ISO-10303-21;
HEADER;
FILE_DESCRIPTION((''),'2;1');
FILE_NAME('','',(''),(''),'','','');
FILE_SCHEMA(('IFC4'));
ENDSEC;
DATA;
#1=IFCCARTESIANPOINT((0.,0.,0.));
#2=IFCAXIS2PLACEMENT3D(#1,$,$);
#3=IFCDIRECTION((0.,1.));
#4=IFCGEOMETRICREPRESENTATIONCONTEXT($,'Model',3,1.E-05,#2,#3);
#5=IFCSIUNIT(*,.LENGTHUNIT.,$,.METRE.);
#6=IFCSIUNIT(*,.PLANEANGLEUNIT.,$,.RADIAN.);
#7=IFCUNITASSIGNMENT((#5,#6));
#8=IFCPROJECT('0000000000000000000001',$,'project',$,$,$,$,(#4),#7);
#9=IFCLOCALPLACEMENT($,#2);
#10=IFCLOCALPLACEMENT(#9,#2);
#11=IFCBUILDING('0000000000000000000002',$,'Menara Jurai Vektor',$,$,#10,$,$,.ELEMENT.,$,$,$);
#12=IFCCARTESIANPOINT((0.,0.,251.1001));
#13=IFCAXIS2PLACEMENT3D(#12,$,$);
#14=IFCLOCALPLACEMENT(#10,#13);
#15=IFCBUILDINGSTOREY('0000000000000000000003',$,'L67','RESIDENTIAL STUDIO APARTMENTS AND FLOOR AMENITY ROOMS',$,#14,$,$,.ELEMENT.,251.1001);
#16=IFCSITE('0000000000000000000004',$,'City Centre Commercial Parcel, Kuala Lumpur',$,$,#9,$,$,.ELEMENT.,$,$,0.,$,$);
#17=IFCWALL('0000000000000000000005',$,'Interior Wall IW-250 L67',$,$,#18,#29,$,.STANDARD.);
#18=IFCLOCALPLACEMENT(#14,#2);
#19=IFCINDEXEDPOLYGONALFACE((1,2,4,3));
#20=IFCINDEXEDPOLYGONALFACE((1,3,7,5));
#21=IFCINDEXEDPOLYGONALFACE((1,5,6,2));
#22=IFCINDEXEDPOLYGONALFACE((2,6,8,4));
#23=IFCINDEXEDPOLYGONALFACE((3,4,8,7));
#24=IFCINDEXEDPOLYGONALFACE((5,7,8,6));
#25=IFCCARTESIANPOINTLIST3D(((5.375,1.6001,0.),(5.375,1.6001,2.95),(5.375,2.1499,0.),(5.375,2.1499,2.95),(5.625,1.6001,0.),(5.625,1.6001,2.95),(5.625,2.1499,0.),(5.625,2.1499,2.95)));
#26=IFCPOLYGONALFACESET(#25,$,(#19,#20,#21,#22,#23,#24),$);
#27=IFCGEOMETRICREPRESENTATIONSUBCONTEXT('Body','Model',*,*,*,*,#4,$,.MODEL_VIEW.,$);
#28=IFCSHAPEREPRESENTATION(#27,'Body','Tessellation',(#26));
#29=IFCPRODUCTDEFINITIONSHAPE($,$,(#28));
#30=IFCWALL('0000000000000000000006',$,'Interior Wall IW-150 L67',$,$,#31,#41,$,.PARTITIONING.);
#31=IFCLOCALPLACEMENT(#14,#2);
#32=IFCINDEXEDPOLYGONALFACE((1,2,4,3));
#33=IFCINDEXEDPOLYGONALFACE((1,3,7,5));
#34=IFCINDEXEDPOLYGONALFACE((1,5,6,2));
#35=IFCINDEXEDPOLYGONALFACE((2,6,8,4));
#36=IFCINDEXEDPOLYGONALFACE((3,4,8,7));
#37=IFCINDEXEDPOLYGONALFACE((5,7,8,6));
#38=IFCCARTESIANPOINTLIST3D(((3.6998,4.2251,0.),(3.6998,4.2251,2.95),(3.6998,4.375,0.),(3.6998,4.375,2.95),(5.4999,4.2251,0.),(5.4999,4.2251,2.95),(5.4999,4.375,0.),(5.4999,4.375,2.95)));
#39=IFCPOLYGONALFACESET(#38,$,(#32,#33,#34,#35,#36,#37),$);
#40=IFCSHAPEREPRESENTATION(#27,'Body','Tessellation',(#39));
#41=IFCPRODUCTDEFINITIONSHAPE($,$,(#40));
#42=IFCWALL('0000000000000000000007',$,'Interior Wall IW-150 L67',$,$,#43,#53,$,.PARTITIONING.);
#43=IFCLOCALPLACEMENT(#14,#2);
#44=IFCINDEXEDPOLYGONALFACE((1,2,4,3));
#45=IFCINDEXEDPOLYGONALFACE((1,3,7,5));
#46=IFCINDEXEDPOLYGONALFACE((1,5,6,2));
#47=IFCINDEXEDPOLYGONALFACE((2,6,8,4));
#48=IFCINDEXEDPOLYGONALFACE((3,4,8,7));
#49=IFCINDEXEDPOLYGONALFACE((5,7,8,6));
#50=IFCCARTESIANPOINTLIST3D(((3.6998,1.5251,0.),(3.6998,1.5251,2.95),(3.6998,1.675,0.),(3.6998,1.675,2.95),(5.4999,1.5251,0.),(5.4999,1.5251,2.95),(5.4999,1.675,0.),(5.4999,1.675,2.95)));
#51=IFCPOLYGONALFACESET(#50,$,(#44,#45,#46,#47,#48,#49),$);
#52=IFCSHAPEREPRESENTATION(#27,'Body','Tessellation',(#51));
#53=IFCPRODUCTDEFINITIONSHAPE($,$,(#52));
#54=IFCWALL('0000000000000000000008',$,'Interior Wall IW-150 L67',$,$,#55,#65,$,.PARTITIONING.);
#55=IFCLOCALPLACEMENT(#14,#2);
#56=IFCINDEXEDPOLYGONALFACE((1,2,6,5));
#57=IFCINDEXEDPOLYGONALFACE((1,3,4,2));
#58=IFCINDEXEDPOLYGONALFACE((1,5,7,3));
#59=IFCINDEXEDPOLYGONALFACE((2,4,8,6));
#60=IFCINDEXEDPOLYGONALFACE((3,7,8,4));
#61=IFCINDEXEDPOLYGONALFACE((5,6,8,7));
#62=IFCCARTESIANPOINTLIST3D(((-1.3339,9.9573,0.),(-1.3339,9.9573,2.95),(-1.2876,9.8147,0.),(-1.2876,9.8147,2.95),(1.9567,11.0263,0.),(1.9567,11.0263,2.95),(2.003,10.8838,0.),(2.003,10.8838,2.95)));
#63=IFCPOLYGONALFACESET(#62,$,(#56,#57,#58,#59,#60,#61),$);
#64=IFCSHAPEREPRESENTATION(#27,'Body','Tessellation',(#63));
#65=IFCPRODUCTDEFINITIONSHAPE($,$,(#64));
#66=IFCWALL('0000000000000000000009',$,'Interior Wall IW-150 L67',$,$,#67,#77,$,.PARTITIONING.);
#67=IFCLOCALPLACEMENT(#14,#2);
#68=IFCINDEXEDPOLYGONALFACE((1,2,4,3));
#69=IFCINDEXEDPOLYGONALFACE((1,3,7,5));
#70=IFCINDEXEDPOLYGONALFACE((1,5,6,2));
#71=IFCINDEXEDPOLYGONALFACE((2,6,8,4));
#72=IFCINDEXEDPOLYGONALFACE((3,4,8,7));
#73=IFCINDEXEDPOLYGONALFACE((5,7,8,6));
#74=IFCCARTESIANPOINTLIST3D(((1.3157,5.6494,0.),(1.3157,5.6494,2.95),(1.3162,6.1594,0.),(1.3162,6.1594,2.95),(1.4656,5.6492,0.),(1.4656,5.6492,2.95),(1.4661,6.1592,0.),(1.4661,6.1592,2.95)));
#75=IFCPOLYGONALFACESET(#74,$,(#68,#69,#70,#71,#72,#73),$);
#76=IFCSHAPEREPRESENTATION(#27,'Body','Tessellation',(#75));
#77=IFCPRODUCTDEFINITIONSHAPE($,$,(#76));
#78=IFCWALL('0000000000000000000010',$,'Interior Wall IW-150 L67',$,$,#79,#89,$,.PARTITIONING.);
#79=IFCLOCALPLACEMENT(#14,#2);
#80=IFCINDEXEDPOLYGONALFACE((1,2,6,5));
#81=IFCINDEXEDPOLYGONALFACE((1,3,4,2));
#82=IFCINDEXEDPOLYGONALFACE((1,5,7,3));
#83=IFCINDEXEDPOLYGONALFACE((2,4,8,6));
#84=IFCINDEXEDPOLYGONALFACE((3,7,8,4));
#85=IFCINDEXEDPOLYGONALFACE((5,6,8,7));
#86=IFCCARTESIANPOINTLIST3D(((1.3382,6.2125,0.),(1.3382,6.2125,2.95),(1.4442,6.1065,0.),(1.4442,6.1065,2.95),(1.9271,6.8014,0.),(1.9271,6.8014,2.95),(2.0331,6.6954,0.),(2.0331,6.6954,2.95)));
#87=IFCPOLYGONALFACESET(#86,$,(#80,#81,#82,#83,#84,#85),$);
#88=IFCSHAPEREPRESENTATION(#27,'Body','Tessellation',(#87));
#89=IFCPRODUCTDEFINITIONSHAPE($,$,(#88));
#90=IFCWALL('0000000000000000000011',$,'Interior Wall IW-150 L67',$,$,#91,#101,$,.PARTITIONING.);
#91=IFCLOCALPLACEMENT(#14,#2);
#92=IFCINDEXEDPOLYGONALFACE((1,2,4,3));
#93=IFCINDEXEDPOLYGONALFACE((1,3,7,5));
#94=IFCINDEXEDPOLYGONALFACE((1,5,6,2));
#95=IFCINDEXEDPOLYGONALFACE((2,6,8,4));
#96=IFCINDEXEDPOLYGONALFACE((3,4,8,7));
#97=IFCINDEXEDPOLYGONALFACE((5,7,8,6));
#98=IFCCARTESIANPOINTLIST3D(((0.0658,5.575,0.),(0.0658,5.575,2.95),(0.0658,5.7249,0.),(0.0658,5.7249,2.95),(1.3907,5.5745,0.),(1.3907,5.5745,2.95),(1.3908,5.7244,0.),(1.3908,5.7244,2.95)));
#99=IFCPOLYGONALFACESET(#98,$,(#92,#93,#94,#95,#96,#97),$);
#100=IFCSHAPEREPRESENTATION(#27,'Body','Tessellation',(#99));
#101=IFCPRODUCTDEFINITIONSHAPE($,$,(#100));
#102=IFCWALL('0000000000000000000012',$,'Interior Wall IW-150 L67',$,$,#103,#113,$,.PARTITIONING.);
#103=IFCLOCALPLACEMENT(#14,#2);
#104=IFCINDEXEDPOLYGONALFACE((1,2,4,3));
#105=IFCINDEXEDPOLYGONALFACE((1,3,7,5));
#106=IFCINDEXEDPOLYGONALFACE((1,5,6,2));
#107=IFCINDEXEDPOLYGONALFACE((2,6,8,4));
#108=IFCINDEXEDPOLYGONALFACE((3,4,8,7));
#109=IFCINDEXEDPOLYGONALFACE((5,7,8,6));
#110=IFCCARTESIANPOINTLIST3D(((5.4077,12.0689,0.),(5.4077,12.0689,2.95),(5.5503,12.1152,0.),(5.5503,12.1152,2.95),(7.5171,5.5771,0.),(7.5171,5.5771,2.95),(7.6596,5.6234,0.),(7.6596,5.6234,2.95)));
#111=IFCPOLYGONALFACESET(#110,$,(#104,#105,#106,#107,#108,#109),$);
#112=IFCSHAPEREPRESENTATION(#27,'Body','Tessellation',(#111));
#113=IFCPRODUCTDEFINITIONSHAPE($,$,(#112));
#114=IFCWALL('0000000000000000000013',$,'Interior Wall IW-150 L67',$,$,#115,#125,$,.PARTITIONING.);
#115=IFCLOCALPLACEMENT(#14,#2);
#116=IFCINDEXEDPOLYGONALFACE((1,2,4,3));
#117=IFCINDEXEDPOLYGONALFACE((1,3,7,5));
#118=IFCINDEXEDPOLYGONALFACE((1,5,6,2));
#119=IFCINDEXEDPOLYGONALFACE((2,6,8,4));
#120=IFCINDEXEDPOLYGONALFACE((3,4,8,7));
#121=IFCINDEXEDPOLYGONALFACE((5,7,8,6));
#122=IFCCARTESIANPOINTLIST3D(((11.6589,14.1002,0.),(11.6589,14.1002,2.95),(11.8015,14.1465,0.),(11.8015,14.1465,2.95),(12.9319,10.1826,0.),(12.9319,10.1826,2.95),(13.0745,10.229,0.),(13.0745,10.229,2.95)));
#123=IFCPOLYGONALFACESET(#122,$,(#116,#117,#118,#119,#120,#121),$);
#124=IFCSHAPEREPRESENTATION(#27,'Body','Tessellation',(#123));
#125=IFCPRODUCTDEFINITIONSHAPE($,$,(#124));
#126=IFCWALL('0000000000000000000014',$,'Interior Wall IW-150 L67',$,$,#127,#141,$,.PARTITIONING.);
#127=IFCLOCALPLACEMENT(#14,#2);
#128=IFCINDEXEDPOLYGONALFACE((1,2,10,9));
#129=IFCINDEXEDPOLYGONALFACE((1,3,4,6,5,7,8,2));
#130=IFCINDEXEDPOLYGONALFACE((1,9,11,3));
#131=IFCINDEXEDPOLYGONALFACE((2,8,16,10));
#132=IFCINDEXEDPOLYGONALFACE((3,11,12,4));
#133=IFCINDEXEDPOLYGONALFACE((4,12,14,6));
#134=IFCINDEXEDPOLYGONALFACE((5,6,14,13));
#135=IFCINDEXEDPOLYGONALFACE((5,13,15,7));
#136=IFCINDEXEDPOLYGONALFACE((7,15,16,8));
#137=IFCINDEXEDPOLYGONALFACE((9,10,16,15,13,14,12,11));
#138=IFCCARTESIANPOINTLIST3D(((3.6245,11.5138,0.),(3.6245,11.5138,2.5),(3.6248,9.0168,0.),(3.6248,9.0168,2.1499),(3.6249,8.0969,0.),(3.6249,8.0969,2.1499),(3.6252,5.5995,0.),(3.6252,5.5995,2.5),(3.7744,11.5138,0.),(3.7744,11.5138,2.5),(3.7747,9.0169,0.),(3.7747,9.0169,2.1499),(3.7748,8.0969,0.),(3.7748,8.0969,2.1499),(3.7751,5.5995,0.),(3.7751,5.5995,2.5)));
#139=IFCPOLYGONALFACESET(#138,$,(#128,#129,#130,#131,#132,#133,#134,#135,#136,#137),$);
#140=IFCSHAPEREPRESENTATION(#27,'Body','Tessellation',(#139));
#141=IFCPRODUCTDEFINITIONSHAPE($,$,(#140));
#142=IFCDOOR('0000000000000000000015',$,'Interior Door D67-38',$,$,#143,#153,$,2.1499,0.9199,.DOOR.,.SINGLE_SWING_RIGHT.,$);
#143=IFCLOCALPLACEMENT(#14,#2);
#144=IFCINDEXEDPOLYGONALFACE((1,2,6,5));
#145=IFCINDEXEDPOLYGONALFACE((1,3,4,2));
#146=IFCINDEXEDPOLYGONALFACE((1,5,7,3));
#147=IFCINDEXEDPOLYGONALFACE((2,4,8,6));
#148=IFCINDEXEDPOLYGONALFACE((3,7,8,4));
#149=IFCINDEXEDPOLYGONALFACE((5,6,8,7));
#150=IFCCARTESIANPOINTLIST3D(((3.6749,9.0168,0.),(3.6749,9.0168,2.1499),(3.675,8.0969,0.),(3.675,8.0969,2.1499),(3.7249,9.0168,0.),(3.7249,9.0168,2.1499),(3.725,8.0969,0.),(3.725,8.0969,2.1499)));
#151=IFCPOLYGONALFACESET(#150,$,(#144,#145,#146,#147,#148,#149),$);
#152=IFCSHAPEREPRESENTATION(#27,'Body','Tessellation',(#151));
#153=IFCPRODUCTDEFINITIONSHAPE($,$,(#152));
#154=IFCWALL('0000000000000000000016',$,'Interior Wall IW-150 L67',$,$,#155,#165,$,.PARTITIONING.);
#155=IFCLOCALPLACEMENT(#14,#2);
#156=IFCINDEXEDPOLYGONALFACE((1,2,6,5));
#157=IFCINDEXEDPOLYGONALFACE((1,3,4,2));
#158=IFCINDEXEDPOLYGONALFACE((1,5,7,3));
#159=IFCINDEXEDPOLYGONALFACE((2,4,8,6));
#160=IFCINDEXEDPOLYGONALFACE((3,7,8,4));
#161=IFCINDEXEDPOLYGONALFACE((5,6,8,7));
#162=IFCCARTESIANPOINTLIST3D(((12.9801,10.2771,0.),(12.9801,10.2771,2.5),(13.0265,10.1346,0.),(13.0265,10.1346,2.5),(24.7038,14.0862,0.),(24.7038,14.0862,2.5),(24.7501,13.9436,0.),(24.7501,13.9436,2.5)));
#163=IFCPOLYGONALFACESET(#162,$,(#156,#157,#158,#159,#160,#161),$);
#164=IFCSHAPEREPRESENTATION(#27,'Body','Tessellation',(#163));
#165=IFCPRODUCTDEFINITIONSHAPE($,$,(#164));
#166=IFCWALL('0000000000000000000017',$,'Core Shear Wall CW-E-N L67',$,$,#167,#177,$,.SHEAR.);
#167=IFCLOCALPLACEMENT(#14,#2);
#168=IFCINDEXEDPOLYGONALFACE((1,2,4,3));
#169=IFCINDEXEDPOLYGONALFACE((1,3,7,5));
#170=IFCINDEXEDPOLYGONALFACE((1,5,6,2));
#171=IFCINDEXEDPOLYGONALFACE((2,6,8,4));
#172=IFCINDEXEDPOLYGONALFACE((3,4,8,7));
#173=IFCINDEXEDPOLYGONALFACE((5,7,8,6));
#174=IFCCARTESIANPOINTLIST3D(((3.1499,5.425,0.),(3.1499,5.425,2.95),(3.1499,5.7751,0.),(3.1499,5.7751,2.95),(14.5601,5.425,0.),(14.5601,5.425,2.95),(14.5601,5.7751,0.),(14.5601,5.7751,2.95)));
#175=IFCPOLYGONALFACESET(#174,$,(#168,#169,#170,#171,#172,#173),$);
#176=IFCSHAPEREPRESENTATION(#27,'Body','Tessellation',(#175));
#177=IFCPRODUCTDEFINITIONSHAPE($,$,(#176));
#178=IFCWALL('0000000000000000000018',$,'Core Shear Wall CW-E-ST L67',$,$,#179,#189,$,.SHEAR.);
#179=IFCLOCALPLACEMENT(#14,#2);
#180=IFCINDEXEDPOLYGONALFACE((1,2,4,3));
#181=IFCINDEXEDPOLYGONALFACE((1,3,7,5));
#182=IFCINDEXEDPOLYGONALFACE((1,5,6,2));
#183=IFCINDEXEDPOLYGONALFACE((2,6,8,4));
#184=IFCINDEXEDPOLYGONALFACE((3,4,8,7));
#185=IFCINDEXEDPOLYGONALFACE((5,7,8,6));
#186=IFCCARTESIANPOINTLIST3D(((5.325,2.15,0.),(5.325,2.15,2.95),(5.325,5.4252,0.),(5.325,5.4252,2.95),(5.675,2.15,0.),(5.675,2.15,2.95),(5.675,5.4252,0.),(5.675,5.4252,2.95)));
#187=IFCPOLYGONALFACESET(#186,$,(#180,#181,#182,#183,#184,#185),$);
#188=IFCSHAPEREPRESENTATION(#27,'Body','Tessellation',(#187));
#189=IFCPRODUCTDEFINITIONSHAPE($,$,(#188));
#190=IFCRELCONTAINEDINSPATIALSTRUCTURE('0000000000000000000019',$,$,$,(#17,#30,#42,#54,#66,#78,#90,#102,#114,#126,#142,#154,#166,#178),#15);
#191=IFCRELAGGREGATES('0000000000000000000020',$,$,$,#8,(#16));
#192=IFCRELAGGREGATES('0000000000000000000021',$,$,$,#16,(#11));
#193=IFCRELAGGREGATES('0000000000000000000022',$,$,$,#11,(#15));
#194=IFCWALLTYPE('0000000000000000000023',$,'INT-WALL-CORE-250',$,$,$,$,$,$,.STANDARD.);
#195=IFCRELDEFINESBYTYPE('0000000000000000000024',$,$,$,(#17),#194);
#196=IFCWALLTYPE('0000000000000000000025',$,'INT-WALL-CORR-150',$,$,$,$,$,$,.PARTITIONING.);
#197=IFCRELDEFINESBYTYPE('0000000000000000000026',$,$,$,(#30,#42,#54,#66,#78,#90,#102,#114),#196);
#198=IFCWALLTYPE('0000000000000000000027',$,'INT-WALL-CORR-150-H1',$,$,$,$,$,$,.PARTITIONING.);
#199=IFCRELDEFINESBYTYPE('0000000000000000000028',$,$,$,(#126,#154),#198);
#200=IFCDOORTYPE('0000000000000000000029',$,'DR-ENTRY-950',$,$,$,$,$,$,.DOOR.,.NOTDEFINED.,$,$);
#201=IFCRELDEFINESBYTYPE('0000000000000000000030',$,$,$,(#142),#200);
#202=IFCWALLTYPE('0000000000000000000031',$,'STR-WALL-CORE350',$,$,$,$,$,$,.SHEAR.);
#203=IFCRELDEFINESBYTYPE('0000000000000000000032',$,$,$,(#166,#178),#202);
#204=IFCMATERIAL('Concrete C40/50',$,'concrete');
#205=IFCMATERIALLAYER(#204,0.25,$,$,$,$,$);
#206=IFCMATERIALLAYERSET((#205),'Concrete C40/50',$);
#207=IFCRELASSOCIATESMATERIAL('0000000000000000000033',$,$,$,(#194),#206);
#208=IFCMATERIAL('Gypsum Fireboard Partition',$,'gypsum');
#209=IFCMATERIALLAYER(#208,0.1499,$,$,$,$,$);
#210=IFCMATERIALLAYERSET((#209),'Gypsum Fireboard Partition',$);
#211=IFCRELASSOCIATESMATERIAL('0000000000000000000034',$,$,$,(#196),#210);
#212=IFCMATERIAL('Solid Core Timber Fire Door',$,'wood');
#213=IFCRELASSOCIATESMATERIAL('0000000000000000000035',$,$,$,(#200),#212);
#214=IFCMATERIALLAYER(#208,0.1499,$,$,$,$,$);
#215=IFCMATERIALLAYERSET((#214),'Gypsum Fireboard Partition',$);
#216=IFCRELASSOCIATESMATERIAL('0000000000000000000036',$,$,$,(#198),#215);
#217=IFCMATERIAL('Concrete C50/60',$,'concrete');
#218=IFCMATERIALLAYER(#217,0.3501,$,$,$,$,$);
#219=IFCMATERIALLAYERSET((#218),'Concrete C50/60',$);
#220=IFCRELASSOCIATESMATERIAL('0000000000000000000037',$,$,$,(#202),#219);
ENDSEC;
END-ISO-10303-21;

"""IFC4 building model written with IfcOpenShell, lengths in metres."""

from ifc_helpers import new_model, si_unit, direction, frame, frame_2d, origin, place, context, subcontext, project, spatial, rectangle, extrude, material, layer, layer_set, type_object, element, fill, save


model = new_model("IFC4")

# Units and contexts
model_context = context("Model", 3, precision=1e-05, world=origin(), true_north=direction((0.0, 1.0)))
body_context = subcontext(model_context, "Body", "Model", "MODEL_VIEW")
ifc_project = project(units=[si_unit("LENGTHUNIT", "METRE"), si_unit("PLANEANGLEUNIT", "RADIAN")], contexts=[model_context])

# Site, building, storey
site_placement = place(None, origin())
site = spatial("IfcSite", under=ifc_project, at=site_placement, Name="City Centre Commercial Parcel, Kuala Lumpur", CompositionType="ELEMENT", RefElevation=0.0)
building_placement = place(site_placement, origin())
building = spatial("IfcBuilding", under=site, at=building_placement, Name="Menara Jurai Vektor", CompositionType="ELEMENT")
storey_placement = place(building_placement, frame((0.0, 0.0, 251.1001)))
storey = spatial("IfcBuildingStorey", under=building, at=storey_placement, Name="L67", Description="RESIDENTIAL STUDIO APARTMENTS AND FLOOR AMENITY ROOMS", CompositionType="ELEMENT", Elevation=251.1001)

# Shared definitions
ifc_material_1 = material(Name="Concrete C50/60", Category="concrete")

# Shared definitions
ifc_material_2 = material(Name="Concrete C40/50", Category="concrete")

# Shared definitions
ifc_layer_1 = layer(ifc_material_2, 0.25)
ifc_layer_set_1 = layer_set([ifc_layer_1], Name="Concrete C40/50")
wall_type_1 = type_object("IfcWallType", Name="INT-WALL-CORE-250", PredefinedType="STANDARD", material=ifc_layer_set_1)

# Walls
wall_1_placement = place(storey_placement, frame((5.5, 1.6001, 0.0), z_axis=(0.0, 0.0, 1.0), x_axis=(0.0, 1.0, 0.0)))
element("IfcWall", 1, at=wall_1_placement, inside=storey, type_object=wall_type_1, Name="Interior Wall IW-250 L67", PredefinedType="STANDARD", context=body_context, shape_type="SweptSolid", body=[
    extrude(rectangle(XDim=0.5498, YDim=0.25, at=frame_2d((0.2749, 0.0))), origin(), (0.0, 0.0, 1.0), 2.95),
])
ifc_material_3 = material(Name="Gypsum Fireboard Partition", Category="gypsum")
ifc_layer_2 = layer(ifc_material_3, 0.1499)
ifc_layer_set_2 = layer_set([ifc_layer_2], Name="Gypsum Fireboard Partition")
wall_type_2 = type_object("IfcWallType", Name="INT-WALL-CORR-150", PredefinedType="PARTITIONING", material=ifc_layer_set_2)
for number, where, z_axis, x_axis, name in (
    (2, (3.7, 4.3, 0.0), (0.0, 0.0, 1.0), (1.0, 0.0, 0.0), "Interior Wall IW-150 L67"),
    (3, (3.7, 1.6001, 0.0), (0.0, 0.0, 1.0), (1.0, 0.0, 0.0), "Interior Wall IW-150 L67"),
):
    element("IfcWall", number, at=place(storey_placement, frame(where, z_axis=z_axis, x_axis=x_axis)), inside=storey, type_object=wall_type_2, Name=name, PredefinedType="PARTITIONING", context=body_context, shape_type="SweptSolid", body=[
        extrude(rectangle(XDim=1.8, YDim=0.1499, at=frame_2d((0.8999, 0.0))), origin(), (0.0, 0.0, 1.0), 2.95),
    ])
wall_2_placement = place(storey_placement, frame((-1.3108, 9.886, 0.0), z_axis=(0.0, 0.0, 1.0), x_axis=(0.951069, 0.308979, 0.0)))
element("IfcWall", 4, at=wall_2_placement, inside=storey, type_object=wall_type_2, Name="Interior Wall IW-150 L67", PredefinedType="PARTITIONING", context=body_context, shape_type="SweptSolid", body=[
    extrude(rectangle(XDim=3.46, YDim=0.1499, at=frame_2d((1.73, 0.0))), origin(), (0.0, 0.0, 1.0), 2.95),
])
wall_3_placement = place(storey_placement, frame((1.3906, 5.6494, 0.0), z_axis=(0.0, 0.0, 1.0), x_axis=(0.000957, 1.0, 0.0)))
element("IfcWall", 5, at=wall_3_placement, inside=storey, type_object=wall_type_2, Name="Interior Wall IW-150 L67", PredefinedType="PARTITIONING", context=body_context, shape_type="SweptSolid", body=[
    extrude(rectangle(XDim=0.51, YDim=0.1499, at=frame_2d((0.2549, 0.0))), origin(), (0.0, 0.0, 1.0), 2.95),
])
wall_4_placement = place(storey_placement, frame((1.3911, 6.1594, 0.0), z_axis=(0.0, 0.0, 1.0), x_axis=(0.707107, 0.707107, 0.0)))
element("IfcWall", 6, at=wall_4_placement, inside=storey, type_object=wall_type_2, Name="Interior Wall IW-150 L67", PredefinedType="PARTITIONING", context=body_context, shape_type="SweptSolid", body=[
    extrude(rectangle(XDim=0.8328, YDim=0.1499, at=frame_2d((0.4165, 0.0))), origin(), (0.0, 0.0, 1.0), 2.95),
])

# Shared definitions
ifc_material_4 = material(Name="Solid Core Timber Fire Door", Category="wood")
door_type_1 = type_object("IfcDoorType", Name="DR-ENTRY-950", OperationType="NOTDEFINED", PredefinedType="DOOR", material=ifc_material_4)

# Walls
wall_5_placement = place(storey_placement, frame((0.0657, 5.6499, 0.0), z_axis=(0.0, 0.0, 1.0), x_axis=(1.0, -0.000369, 0.0)))
element("IfcWall", 7, at=wall_5_placement, inside=storey, type_object=wall_type_2, Name="Interior Wall IW-150 L67", PredefinedType="PARTITIONING", context=body_context, shape_type="SweptSolid", body=[
    extrude(rectangle(XDim=1.325, YDim=0.1499, at=frame_2d((0.6626, 0.0))), origin(), (0.0, 0.0, 1.0), 2.95),
])
wall_6_placement = place(storey_placement, frame((7.5884, 5.6001, 0.0), z_axis=(0.0, 0.0, 1.0), x_axis=(-0.309019, 0.951056, 0.0)))
element("IfcWall", 8, at=wall_6_placement, inside=storey, type_object=wall_type_2, Name="Interior Wall IW-150 L67", PredefinedType="PARTITIONING", context=body_context, shape_type="SweptSolid", body=[
    extrude(rectangle(XDim=6.8259, YDim=0.1499, at=frame_2d((3.4131, 0.0))), origin(), (0.0, 0.0, 1.0), 2.95),
])
wall_7_placement = place(storey_placement, frame((13.0032, 10.2058, 0.0), z_axis=(0.0, 0.0, 1.0), x_axis=(-0.309035, 0.951051, 0.0)))
element("IfcWall", 9, at=wall_7_placement, inside=storey, type_object=wall_type_2, Name="Interior Wall IW-150 L67", PredefinedType="PARTITIONING", context=body_context, shape_type="SweptSolid", body=[
    extrude(rectangle(XDim=4.1191, YDim=0.1499, at=frame_2d((2.0596, 0.0))), origin(), (0.0, 0.0, 1.0), 2.95),
])

# Wall, opening, door
ifc_layer_3 = layer(ifc_material_3, 0.1499)
ifc_layer_set_3 = layer_set([ifc_layer_3], Name="Gypsum Fireboard Partition")
wall_type_3 = type_object("IfcWallType", Name="INT-WALL-CORR-150-H1", PredefinedType="PARTITIONING", material=ifc_layer_set_3)
wall_8_placement = place(storey_placement, frame((3.7002, 5.5996, 0.0), z_axis=(0.0, 0.0, 1.0), x_axis=(-0.000124, 1.0, 0.0)))
wall_8 = element("IfcWall", 10, at=wall_8_placement, inside=storey, type_object=wall_type_3, Name="Interior Wall IW-150 L67", PredefinedType="PARTITIONING", context=body_context, shape_type="SweptSolid", body=[
    extrude(rectangle(XDim=5.9143, YDim=0.1499, at=frame_2d((2.957, 0.0))), origin(), (0.0, 0.0, 1.0), 2.5),
])
opening_1_placement = place(wall_8_placement, frame((2.4973, 0.0, 0.0)))
opening_1 = element("IfcOpeningElement", 11, at=opening_1_placement, cuts=wall_8, PredefinedType="OPENING", context=body_context, shape_type="SweptSolid", body=[
    extrude(rectangle(XDim=0.9199, YDim=2.1499, at=frame_2d((0.46, 1.075))), frame((0.0, 0.085, 0.0), z_axis=(0.0, -1.0, 0.0), x_axis=(1.0, 0.0, 0.0)), (0.0, 0.0, 1.0), 0.1699),
])
door_1_placement = place(opening_1_placement, origin())
door_1 = element("IfcDoor", 12, at=door_1_placement, inside=storey, type_object=door_type_1, Name="Interior Door D67-38", OperationType="SINGLE_SWING_RIGHT", OverallHeight=2.1499, OverallWidth=0.9199, PredefinedType="DOOR", context=body_context, shape_type="SweptSolid", body=[
    extrude(rectangle(XDim=0.9199, YDim=2.1499, at=frame_2d((0.46, 1.075))), frame((0.0, 0.0249, 0.0), z_axis=(0.0, -1.0, 0.0), x_axis=(1.0, 0.0, 0.0)), (0.0, 0.0, 1.0), 0.05),
])
fill(opening_1, door_1)

# Walls
wall_9_placement = place(storey_placement, frame((13.0032, 10.2058, 0.0), z_axis=(0.0, 0.0, 1.0), x_axis=(0.95106, 0.309005, 0.0)))
element("IfcWall", 13, at=wall_9_placement, inside=storey, type_object=wall_type_3, Name="Interior Wall IW-150 L67", PredefinedType="PARTITIONING", context=body_context, shape_type="SweptSolid", body=[
    extrude(rectangle(XDim=12.3269, YDim=0.1499, at=frame_2d((6.1636, 0.0))), origin(), (0.0, 0.0, 1.0), 2.5),
])
ifc_layer_4 = layer(ifc_material_1, 0.3501)
ifc_layer_set_4 = layer_set([ifc_layer_4], Name="Concrete C50/60")
wall_type_4 = type_object("IfcWallType", Name="STR-WALL-CORE350", PredefinedType="SHEAR", material=ifc_layer_set_4)
wall_10_placement = place(storey_placement, frame((3.1499, 5.6001, 0.0), z_axis=(0.0, 0.0, 1.0), x_axis=(1.0, 0.0, 0.0)))
element("IfcWall", 14, at=wall_10_placement, inside=storey, type_object=wall_type_4, Name="Core Shear Wall CW-E-N L67", PredefinedType="SHEAR", context=body_context, shape_type="SweptSolid", body=[
    extrude(rectangle(XDim=11.4102, YDim=0.3501, at=frame_2d((5.7051, 0.0))), origin(), (0.0, 0.0, 1.0), 2.95),
])
wall_11_placement = place(storey_placement, frame((5.5, 2.1499, 0.0), z_axis=(0.0, 0.0, 1.0), x_axis=(0.0, 1.0, 0.0)))
element("IfcWall", 15, at=wall_11_placement, inside=storey, type_object=wall_type_4, Name="Core Shear Wall CW-E-ST L67", PredefinedType="SHEAR", context=body_context, shape_type="SweptSolid", body=[
    extrude(rectangle(XDim=3.2751, YDim=0.3501, at=frame_2d((1.6377, 0.0))), origin(), (0.0, 0.0, 1.0), 2.95),
])

save(model, "model.ifc")
